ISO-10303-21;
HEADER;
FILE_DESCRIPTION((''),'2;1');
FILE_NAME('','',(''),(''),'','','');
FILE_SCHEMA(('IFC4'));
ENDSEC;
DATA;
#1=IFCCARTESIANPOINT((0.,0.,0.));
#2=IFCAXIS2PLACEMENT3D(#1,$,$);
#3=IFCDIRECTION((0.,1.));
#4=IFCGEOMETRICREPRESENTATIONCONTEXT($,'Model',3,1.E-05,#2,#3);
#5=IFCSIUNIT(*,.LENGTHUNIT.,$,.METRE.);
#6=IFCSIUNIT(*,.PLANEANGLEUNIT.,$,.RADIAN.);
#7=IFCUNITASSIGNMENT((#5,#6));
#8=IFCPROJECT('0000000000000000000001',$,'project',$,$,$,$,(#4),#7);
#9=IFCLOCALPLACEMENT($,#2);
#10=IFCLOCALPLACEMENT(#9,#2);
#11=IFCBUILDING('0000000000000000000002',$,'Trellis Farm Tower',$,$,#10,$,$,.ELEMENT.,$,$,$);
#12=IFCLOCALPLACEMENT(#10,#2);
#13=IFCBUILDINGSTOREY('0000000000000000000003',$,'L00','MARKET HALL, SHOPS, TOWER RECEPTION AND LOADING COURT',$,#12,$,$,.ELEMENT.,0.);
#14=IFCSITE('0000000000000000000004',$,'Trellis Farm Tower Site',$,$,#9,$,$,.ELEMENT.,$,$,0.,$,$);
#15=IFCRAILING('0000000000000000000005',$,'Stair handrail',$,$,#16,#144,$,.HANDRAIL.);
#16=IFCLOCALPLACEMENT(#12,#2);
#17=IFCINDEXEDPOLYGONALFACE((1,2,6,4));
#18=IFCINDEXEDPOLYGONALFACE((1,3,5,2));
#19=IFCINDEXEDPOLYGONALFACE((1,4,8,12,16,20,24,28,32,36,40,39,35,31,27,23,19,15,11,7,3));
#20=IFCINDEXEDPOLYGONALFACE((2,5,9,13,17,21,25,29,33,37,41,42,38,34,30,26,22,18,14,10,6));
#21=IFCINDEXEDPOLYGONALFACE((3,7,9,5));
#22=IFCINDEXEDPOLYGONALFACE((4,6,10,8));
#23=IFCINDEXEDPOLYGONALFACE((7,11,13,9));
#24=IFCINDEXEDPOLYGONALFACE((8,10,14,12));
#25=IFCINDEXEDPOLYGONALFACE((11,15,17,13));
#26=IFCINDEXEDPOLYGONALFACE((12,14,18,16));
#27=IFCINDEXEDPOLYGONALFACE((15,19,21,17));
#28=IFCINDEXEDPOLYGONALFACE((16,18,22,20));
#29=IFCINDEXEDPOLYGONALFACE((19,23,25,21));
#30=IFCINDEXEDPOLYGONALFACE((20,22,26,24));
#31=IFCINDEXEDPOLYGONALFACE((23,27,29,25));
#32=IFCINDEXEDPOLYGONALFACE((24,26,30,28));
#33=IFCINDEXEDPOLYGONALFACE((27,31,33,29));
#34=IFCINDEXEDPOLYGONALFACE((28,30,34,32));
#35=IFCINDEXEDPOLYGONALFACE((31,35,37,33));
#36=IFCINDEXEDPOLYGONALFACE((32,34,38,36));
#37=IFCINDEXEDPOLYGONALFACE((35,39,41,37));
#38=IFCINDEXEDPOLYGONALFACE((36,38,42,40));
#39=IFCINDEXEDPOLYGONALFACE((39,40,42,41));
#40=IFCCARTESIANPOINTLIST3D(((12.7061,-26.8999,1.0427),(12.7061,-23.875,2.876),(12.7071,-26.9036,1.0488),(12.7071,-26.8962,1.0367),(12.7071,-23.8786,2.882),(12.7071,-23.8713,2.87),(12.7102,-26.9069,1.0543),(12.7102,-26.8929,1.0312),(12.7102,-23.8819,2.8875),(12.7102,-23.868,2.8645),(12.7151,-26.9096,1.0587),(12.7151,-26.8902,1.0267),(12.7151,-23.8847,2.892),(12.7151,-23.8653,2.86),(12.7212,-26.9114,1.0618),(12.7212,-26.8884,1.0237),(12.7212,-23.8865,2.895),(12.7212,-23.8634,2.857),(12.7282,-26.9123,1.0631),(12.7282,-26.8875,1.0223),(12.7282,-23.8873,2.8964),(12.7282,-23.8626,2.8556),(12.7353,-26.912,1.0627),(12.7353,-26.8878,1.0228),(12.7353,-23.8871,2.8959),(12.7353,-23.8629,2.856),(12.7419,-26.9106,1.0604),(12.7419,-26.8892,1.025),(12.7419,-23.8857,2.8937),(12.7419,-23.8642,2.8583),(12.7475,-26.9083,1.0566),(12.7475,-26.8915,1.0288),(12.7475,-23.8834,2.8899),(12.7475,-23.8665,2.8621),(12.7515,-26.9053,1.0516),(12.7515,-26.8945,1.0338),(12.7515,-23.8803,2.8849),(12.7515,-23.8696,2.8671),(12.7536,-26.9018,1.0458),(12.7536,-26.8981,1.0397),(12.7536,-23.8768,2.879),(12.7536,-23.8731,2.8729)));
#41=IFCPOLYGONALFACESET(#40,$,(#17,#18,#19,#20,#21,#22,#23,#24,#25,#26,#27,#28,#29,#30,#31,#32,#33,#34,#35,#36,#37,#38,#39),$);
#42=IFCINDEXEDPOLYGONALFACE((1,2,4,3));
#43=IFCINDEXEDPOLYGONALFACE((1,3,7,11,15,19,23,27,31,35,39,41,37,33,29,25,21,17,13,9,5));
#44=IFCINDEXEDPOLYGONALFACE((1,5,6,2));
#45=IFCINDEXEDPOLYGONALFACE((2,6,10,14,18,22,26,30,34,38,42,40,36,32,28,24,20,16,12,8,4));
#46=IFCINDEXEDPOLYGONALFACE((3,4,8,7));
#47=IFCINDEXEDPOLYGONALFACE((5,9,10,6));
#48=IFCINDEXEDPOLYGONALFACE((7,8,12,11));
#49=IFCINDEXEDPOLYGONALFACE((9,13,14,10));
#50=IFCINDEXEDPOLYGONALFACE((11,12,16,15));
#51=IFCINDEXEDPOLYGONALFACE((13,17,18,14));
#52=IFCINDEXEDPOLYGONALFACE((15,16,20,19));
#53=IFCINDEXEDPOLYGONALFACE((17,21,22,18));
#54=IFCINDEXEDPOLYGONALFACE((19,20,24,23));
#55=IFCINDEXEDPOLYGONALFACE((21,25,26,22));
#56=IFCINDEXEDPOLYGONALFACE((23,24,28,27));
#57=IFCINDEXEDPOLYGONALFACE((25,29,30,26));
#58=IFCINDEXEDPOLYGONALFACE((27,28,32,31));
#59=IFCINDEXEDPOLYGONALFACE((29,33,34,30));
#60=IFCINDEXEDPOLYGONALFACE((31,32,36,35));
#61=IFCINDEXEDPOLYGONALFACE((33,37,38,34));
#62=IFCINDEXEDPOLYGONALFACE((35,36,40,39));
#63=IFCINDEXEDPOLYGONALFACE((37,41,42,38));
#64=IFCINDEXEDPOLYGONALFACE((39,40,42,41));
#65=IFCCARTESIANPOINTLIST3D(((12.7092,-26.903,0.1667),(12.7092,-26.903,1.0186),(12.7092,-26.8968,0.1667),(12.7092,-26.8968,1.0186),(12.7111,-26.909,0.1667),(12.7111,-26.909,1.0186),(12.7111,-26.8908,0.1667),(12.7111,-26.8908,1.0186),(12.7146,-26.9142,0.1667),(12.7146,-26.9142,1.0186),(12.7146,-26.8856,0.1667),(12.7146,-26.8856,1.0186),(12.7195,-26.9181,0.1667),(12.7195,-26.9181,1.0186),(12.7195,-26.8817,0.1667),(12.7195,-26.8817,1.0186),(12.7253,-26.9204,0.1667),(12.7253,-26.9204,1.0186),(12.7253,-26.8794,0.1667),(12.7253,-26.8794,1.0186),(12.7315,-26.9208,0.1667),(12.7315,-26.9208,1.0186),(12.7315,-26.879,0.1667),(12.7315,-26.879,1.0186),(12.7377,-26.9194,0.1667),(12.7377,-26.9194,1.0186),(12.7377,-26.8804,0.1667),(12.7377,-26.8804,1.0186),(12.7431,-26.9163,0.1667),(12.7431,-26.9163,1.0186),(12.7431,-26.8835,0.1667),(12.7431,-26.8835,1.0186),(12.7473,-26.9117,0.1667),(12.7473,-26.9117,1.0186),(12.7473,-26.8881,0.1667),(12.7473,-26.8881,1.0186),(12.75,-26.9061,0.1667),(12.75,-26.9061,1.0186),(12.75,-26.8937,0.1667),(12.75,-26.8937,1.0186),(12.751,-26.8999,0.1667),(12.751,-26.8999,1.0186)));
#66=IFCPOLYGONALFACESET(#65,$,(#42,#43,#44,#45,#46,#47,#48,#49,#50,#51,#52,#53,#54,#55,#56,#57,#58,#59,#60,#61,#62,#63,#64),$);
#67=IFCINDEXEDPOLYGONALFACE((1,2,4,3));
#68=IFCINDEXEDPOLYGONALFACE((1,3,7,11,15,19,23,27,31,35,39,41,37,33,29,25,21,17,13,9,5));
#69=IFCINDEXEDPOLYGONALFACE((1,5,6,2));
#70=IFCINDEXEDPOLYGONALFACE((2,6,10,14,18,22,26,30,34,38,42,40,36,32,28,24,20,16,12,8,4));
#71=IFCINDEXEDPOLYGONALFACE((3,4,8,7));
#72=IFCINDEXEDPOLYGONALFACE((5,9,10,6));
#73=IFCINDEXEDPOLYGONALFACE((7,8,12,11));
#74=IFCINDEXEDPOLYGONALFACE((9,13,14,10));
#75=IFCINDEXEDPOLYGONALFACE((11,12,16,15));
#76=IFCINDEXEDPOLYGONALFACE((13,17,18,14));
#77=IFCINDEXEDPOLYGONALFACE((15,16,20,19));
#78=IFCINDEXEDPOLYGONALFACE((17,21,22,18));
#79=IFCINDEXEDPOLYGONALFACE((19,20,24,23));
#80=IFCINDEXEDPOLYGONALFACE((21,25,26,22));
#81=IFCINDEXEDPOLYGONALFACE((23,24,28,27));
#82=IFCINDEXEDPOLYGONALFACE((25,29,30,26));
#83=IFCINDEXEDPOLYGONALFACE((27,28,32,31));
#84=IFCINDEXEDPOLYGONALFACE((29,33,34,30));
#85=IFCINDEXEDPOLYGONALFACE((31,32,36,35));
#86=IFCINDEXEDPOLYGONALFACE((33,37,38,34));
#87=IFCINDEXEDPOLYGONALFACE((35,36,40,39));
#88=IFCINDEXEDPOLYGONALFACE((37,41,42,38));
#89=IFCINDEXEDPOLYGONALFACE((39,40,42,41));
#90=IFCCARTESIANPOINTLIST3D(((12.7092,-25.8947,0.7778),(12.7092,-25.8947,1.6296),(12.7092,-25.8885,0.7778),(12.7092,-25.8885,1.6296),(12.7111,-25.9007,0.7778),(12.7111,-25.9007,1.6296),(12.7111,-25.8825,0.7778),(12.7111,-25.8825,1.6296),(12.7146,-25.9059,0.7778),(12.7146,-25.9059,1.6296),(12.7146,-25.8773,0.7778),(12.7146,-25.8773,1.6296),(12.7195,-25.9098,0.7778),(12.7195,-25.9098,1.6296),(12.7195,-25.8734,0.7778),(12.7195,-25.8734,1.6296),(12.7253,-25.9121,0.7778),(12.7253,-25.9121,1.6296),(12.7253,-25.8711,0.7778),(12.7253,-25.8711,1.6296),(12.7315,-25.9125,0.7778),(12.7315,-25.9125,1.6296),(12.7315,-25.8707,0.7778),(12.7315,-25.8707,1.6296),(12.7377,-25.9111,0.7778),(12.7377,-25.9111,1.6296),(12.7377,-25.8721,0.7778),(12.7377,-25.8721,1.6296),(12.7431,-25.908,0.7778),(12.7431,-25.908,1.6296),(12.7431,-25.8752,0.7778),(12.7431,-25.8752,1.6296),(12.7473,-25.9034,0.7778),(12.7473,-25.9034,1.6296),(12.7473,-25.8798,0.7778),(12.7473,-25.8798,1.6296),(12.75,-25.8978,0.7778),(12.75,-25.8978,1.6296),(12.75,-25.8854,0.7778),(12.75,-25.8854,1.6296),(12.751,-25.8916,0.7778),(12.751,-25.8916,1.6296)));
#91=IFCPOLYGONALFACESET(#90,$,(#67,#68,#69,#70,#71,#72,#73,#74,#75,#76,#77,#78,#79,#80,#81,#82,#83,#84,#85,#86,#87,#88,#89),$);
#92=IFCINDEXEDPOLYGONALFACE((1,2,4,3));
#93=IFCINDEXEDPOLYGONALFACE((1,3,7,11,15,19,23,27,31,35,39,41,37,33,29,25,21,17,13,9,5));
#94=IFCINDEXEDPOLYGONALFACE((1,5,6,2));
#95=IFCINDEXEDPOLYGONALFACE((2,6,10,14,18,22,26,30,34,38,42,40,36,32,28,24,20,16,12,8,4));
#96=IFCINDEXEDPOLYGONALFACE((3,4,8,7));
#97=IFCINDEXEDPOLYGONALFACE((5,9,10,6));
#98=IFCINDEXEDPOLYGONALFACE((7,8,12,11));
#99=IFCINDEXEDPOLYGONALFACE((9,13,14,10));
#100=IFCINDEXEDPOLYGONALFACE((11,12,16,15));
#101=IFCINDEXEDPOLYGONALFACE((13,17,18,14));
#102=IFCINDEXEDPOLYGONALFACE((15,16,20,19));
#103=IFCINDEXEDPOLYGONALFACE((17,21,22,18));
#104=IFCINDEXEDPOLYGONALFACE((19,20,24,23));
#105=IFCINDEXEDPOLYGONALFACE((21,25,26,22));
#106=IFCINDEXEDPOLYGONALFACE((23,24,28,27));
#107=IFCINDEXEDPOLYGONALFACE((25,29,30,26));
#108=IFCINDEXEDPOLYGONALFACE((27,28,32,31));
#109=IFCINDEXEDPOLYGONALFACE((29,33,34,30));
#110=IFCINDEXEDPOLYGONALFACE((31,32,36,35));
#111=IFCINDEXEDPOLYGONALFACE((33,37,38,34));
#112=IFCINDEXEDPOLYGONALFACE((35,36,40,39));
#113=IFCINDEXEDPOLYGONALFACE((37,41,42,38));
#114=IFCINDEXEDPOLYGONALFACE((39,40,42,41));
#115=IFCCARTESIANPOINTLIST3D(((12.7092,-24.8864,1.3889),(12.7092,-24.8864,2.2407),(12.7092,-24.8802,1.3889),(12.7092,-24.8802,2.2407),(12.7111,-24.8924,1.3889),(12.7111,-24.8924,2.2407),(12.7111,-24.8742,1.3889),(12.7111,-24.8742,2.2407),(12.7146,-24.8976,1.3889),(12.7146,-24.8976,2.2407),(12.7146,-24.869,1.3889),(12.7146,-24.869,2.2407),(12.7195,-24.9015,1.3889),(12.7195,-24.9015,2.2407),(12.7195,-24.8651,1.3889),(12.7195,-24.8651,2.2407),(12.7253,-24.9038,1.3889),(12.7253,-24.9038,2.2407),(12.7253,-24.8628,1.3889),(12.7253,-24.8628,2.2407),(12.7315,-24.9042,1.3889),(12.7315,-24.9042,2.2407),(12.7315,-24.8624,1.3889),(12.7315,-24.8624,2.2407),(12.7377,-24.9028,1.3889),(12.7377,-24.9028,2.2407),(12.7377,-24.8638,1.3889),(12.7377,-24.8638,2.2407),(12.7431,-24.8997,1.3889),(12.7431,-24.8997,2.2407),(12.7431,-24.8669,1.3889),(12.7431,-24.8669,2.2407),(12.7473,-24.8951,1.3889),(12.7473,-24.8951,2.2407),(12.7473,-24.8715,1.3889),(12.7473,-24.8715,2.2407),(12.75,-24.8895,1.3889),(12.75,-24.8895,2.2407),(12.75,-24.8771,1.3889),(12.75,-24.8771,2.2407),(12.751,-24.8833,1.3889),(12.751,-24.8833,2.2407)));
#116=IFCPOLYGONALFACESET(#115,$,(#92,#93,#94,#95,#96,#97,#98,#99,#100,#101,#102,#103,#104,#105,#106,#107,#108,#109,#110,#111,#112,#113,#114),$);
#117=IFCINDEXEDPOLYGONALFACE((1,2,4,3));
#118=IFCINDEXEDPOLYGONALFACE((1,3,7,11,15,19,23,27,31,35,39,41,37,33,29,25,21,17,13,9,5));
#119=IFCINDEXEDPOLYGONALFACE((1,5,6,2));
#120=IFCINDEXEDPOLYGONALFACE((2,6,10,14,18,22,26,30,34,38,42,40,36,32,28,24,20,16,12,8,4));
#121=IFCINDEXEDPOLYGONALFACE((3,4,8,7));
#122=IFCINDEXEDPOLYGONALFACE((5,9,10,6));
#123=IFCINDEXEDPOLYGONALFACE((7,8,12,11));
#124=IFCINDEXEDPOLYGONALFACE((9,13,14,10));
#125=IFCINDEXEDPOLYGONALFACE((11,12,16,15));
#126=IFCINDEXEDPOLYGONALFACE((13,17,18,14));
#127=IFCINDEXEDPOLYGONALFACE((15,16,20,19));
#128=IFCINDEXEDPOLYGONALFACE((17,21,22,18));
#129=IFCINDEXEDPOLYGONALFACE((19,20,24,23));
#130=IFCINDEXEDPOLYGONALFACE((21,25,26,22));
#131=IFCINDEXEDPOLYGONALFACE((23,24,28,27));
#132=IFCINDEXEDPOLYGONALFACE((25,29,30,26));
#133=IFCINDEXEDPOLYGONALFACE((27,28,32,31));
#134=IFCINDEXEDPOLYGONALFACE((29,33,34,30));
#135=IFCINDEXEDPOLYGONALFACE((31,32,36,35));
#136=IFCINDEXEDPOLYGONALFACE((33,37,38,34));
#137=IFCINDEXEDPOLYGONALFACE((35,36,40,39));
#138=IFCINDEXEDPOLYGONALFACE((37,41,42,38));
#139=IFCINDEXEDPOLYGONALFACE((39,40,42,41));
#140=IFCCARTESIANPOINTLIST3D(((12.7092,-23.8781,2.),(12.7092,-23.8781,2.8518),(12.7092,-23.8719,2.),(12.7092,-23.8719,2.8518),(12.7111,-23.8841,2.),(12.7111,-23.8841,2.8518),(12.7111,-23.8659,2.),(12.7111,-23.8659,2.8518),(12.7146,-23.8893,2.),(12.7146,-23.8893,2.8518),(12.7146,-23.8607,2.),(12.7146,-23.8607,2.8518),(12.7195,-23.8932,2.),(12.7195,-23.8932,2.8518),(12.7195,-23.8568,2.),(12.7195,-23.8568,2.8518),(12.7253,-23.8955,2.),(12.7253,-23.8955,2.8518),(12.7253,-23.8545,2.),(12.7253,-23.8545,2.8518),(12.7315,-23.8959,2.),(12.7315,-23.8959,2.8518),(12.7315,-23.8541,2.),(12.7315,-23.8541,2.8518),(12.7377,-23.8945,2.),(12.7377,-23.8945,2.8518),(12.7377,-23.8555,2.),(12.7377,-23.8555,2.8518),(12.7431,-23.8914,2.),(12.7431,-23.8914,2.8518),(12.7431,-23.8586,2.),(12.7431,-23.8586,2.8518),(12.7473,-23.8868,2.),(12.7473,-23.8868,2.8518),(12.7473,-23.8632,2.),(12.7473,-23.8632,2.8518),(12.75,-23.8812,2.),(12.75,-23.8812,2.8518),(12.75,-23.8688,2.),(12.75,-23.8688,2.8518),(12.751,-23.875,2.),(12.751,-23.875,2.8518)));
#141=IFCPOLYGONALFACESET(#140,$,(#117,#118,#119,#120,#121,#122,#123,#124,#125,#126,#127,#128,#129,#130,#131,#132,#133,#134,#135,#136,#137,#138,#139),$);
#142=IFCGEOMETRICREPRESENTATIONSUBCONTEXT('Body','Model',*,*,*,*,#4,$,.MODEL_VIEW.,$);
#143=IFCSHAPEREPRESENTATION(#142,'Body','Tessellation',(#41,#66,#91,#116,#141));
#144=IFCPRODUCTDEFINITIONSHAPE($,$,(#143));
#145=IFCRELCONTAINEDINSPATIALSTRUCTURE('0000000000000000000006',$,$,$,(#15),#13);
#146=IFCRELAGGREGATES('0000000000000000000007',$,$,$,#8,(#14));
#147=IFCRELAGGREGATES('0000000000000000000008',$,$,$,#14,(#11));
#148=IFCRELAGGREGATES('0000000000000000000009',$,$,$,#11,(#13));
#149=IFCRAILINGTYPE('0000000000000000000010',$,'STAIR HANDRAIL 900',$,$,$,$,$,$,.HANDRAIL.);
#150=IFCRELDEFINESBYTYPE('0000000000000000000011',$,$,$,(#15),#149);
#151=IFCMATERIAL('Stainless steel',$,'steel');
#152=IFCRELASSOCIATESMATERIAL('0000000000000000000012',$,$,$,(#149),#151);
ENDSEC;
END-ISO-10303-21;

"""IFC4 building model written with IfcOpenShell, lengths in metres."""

from ifc_helpers import new_model, si_unit, direction, frame, origin, origin_2d, place, context, subcontext, project, spatial, circle, extrude, source, transform, mapped, material, type_object, element, save


model = new_model("IFC4")

# Units and contexts
model_context = context("Model", 3, precision=1e-05, world=origin(), true_north=direction((0.0, 1.0)))
body_context = subcontext(model_context, "Body", "Model", "MODEL_VIEW")
ifc_project = project(units=[si_unit("LENGTHUNIT", "METRE"), si_unit("PLANEANGLEUNIT", "RADIAN")], contexts=[model_context])

# Site, building, storey
site_placement = place(None, origin())
site = spatial("IfcSite", under=ifc_project, at=site_placement, Name="Trellis Farm Tower Site", CompositionType="ELEMENT", RefElevation=0.0)
building_placement = place(site_placement, origin())
building = spatial("IfcBuilding", under=site, at=building_placement, Name="Trellis Farm Tower", CompositionType="ELEMENT")
storey_placement = place(building_placement, origin())
storey = spatial("IfcBuildingStorey", under=building, at=storey_placement, Name="L00", Description="MARKET HALL, SHOPS, TOWER RECEPTION AND LOADING COURT", CompositionType="ELEMENT", Elevation=0.0)

# Railing
ifc_material_1 = material(Name="Stainless steel", Category="steel")
railing_type = type_object("IfcRailingType", Name="STAIR HANDRAIL 900", PredefinedType="HANDRAIL", material=ifc_material_1)
shared_shape_1 = source(origin(), body_context, "Body", "SweptSolid", [
    extrude(circle(Radius=0.0239, at=origin_2d()), frame((0.0, 0.0, 0.876), z_axis=(0.0, 0.855201, 0.518297), x_axis=(-1.0, 0.0, 0.0)), (0.0, 0.0, 1.0), 3.5371),
    extrude(circle(Radius=0.021, at=origin_2d()), origin(), (0.0, 0.0, 1.0), 0.8518),
    extrude(circle(Radius=0.021, at=origin_2d()), frame((0.0, 1.0083, 0.6111)), (0.0, 0.0, 1.0), 0.8518),
    extrude(circle(Radius=0.021, at=origin_2d()), frame((0.0, 2.0166, 1.2222)), (0.0, 0.0, 1.0), 0.8518),
    extrude(circle(Radius=0.021, at=origin_2d()), frame((0.0, 3.0249, 1.8333)), (0.0, 0.0, 1.0), 0.8518),
])
for number, where, name in (
    (1, (12.73, -26.8999, 0.1667), "Stair handrail"),
):
    element("IfcRailing", number, at=place(storey_placement, frame(where)), inside=storey, type_object=railing_type, Name=name, PredefinedType="HANDRAIL", context=body_context, shape_type="MappedRepresentation", body=[
        mapped(shared_shape_1, transform((0.0, 0.0, 0.0))),
    ])

save(model, "model.ifc")
